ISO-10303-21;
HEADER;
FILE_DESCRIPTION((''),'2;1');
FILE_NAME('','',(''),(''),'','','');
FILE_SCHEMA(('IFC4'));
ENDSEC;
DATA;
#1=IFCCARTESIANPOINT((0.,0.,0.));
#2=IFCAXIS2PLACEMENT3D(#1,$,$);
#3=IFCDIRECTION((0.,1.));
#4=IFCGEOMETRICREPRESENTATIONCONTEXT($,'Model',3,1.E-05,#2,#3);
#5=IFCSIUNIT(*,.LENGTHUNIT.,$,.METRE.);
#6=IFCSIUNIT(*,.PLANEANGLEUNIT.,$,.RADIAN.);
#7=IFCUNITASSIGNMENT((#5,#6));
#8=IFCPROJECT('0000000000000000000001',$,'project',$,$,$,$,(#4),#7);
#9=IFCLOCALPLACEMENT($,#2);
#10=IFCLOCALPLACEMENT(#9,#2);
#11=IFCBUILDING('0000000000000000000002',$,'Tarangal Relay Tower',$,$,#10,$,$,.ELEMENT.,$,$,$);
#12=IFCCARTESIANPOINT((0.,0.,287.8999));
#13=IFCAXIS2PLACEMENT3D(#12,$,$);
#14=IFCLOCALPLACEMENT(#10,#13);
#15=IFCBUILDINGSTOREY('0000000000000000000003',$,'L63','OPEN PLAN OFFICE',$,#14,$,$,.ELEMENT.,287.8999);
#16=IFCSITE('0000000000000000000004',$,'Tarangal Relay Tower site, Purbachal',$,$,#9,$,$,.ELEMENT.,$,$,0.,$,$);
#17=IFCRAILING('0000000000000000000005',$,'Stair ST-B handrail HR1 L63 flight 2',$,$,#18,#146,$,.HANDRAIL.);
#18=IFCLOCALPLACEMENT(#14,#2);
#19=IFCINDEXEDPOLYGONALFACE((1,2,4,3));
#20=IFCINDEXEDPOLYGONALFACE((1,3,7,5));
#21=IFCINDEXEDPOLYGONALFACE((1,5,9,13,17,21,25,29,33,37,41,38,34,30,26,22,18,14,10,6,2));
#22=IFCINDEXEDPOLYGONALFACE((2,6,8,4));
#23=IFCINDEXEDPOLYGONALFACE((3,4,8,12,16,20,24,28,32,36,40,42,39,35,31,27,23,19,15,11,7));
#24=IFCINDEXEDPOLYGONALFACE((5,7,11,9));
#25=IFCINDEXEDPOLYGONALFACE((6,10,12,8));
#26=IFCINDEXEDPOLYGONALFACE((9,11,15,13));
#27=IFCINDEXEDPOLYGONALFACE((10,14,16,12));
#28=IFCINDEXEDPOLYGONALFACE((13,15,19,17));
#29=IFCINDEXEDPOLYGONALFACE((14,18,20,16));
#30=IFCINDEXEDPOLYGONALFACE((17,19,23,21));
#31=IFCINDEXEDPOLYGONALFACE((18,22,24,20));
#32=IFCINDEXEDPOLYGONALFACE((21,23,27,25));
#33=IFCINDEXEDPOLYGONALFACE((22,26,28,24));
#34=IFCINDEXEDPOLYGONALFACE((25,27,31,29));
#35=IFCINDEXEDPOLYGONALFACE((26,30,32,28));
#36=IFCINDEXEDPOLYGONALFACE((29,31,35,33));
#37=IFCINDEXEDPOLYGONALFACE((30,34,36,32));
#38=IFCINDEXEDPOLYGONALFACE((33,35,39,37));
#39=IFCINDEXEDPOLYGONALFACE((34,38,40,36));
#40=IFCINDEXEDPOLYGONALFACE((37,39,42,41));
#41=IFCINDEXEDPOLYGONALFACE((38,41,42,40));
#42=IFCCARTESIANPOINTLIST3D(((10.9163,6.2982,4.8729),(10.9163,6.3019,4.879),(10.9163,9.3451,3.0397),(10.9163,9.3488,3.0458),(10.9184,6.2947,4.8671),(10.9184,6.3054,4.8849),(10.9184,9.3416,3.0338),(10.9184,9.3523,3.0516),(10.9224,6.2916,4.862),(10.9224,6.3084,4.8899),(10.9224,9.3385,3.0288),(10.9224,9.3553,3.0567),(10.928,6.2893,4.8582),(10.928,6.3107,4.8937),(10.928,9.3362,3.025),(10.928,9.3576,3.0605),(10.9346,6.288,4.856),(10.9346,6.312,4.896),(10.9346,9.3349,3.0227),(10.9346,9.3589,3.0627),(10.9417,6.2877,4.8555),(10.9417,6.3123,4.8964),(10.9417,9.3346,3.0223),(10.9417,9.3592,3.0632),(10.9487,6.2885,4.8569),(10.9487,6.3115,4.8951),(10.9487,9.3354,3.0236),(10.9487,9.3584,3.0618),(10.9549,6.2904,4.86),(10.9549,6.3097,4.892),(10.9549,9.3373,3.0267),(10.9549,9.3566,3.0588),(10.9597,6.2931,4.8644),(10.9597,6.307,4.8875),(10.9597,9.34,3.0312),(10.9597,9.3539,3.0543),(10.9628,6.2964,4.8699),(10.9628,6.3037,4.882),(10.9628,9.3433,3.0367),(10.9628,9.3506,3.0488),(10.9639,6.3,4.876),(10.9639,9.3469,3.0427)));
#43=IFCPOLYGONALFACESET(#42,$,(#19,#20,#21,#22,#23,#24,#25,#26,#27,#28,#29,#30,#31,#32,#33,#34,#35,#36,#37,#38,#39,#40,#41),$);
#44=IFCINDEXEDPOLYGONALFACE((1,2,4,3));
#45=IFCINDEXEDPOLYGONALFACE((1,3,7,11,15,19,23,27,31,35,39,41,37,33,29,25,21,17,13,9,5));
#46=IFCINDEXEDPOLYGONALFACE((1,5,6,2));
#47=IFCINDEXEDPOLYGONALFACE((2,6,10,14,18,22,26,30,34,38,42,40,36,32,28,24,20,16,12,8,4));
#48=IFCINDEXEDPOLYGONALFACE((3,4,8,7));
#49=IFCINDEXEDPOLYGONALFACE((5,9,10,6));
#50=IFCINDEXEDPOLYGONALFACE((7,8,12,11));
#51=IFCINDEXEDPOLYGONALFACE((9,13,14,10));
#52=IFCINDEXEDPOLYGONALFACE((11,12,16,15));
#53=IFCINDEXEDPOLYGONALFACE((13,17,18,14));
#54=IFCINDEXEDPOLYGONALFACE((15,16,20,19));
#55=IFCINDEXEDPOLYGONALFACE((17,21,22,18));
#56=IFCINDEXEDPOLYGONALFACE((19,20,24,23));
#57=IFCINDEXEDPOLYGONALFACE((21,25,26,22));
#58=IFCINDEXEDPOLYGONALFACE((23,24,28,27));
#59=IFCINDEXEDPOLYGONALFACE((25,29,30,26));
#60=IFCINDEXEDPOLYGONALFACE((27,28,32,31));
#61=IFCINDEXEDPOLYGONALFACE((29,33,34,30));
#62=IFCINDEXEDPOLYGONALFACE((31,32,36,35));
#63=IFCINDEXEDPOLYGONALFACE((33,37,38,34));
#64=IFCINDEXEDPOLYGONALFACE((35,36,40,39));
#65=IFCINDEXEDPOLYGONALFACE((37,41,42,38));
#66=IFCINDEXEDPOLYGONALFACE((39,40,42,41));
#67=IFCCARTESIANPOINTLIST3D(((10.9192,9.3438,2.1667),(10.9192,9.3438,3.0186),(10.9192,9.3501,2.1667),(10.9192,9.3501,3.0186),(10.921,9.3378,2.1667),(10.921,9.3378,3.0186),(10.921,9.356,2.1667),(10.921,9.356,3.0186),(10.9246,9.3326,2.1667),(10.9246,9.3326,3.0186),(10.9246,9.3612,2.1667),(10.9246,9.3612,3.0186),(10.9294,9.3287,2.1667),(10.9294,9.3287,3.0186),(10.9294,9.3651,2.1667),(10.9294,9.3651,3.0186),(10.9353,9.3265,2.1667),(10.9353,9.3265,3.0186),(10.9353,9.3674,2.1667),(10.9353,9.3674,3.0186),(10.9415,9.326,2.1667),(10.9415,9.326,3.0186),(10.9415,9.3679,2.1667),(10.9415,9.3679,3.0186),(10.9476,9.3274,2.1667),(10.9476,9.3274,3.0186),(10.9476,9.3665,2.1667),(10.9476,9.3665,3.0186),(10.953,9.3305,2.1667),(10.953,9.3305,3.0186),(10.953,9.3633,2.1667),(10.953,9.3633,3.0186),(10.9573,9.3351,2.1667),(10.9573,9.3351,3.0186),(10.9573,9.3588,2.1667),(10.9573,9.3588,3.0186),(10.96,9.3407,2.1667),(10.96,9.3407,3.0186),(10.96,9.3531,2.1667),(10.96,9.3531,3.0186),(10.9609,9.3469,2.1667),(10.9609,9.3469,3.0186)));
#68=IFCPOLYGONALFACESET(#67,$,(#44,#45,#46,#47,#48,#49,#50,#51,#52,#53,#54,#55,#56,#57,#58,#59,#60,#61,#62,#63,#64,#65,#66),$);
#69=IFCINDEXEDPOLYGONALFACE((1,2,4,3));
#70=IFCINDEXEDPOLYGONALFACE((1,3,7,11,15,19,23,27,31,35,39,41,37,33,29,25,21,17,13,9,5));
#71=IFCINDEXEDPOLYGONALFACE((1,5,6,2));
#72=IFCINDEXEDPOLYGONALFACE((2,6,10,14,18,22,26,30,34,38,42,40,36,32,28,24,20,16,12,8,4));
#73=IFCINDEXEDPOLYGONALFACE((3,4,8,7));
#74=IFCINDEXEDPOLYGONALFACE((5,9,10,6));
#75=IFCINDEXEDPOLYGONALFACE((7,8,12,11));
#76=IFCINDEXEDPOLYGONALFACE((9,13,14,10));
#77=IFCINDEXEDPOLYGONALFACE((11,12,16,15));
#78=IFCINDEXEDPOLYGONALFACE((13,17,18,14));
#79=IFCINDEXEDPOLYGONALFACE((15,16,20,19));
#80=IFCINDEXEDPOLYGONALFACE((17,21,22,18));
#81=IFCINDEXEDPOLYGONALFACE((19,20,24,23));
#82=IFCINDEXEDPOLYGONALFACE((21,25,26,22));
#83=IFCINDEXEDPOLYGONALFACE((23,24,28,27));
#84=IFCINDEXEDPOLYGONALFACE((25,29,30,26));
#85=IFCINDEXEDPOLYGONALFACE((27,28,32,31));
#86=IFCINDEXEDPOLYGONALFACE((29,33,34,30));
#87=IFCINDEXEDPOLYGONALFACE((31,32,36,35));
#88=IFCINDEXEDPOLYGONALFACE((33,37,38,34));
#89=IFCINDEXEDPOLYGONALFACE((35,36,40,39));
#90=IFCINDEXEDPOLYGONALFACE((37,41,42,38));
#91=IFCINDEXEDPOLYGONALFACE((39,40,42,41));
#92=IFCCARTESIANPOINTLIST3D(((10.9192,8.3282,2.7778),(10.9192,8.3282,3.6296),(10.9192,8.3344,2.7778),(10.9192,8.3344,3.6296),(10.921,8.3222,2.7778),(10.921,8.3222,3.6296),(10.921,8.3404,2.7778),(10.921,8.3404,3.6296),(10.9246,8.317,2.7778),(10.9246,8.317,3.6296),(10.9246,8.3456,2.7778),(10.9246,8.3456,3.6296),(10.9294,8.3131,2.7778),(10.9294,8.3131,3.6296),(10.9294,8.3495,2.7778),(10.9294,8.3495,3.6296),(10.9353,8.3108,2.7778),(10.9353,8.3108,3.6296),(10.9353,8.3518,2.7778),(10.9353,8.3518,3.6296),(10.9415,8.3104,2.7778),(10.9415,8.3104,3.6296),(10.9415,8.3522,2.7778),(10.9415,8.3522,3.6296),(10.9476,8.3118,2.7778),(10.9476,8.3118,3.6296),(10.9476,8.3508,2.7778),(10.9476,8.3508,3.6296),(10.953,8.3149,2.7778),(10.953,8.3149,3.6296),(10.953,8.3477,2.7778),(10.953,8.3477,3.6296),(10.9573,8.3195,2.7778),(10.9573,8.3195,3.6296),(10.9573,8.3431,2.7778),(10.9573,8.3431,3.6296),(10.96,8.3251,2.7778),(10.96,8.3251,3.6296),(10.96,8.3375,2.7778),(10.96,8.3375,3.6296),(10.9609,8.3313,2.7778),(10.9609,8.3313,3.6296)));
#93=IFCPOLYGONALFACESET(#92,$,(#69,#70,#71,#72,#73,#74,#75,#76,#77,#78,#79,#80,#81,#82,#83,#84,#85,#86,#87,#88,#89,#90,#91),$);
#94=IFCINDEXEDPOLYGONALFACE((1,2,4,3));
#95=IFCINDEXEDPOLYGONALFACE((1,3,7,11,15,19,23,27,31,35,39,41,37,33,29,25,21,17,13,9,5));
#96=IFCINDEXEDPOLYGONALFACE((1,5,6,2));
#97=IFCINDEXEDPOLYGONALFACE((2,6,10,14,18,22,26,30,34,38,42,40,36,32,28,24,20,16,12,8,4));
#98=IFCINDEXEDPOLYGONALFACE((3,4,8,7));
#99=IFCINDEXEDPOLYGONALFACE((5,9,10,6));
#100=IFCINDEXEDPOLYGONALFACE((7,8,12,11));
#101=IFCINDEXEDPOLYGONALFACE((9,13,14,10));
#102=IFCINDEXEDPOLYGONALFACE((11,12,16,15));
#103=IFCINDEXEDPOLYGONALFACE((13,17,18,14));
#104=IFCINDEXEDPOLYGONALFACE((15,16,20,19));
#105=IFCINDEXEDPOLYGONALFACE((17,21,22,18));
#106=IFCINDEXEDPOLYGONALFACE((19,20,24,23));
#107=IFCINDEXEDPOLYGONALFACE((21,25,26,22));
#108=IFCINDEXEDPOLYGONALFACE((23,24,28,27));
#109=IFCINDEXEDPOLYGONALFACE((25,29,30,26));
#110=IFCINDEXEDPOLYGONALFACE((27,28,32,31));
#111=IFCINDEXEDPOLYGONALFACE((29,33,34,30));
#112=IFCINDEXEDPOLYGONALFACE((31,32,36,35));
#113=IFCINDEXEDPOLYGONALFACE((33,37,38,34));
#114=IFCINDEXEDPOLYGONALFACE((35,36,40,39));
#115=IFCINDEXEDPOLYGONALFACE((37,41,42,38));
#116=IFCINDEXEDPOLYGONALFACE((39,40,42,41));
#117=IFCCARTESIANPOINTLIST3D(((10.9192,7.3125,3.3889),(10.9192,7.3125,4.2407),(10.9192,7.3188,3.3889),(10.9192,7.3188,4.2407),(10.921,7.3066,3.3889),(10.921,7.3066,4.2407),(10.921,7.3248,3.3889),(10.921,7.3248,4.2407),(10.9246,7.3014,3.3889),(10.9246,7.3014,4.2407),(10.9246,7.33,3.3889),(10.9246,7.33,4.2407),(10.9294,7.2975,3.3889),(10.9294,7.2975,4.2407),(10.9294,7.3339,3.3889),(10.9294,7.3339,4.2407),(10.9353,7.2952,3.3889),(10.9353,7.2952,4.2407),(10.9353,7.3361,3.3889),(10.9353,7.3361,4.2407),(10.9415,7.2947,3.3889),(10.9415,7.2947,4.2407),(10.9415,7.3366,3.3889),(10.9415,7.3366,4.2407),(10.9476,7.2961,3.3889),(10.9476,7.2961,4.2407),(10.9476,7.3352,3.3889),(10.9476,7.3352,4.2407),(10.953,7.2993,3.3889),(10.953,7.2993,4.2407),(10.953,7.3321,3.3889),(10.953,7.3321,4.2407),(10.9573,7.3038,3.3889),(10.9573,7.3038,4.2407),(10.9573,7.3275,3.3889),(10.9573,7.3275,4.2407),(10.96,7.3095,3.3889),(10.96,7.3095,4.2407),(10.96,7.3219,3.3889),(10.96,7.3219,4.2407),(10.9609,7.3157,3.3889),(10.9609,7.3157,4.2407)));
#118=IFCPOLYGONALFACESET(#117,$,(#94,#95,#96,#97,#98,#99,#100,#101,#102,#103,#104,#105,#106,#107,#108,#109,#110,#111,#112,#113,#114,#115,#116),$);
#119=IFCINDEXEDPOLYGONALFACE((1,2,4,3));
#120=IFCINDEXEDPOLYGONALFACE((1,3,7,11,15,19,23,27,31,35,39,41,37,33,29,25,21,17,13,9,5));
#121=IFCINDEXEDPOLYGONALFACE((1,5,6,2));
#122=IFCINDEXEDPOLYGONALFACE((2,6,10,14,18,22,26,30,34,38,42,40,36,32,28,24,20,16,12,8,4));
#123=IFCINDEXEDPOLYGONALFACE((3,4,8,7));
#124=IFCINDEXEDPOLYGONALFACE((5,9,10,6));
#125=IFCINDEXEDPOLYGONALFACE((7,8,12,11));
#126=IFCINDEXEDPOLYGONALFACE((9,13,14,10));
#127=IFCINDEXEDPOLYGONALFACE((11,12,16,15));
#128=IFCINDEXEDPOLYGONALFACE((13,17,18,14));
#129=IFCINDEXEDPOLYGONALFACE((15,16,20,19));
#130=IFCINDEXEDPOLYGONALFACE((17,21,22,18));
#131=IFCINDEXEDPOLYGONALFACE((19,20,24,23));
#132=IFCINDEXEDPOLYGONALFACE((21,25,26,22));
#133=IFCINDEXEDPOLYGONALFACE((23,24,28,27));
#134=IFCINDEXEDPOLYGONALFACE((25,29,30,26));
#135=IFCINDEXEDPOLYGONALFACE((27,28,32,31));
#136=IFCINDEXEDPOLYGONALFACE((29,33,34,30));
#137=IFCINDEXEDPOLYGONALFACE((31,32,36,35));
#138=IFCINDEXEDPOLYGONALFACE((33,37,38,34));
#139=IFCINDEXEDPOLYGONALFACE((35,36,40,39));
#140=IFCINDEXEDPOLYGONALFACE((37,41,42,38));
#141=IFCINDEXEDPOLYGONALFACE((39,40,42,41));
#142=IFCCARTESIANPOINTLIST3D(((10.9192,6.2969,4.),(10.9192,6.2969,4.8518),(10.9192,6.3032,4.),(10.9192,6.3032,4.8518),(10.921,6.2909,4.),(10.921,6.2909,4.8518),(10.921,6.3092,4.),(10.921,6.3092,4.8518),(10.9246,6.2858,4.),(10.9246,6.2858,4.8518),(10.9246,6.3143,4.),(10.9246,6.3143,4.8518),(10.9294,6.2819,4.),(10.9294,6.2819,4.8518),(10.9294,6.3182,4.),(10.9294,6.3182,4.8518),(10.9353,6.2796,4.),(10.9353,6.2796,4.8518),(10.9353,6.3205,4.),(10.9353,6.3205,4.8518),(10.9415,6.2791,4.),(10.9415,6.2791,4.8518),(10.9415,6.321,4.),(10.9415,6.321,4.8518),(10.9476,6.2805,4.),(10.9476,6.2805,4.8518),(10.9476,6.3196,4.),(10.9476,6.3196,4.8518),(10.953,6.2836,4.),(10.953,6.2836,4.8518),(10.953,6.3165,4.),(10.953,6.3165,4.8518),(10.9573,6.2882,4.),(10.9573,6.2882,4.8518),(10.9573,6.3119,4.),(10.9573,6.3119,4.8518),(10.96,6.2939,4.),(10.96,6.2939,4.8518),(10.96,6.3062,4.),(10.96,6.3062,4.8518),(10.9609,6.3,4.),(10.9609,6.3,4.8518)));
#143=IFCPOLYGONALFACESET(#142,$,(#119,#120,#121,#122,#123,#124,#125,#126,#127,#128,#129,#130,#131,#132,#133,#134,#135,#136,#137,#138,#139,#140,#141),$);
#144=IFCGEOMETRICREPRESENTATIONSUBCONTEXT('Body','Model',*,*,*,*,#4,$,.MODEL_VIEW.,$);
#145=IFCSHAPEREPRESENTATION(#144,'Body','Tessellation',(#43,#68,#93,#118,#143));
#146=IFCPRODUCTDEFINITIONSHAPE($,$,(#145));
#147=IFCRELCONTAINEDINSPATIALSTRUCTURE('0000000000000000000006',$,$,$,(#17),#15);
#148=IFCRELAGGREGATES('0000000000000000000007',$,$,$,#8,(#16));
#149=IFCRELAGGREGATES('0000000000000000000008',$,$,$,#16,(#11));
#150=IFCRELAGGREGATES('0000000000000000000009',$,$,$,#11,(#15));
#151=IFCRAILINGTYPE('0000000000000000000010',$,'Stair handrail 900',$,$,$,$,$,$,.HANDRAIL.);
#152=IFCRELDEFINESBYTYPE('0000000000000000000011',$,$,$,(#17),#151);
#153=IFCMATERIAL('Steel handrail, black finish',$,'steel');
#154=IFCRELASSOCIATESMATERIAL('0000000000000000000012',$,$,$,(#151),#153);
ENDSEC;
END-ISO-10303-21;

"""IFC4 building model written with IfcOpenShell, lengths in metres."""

from ifc_helpers import new_model, si_unit, direction, frame, origin, origin_2d, place, context, subcontext, project, spatial, circle, extrude, material, type_object, element, save


model = new_model("IFC4")

# Units and contexts
model_context = context("Model", 3, precision=1e-05, world=origin(), true_north=direction((0.0, 1.0)))
body_context = subcontext(model_context, "Body", "Model", "MODEL_VIEW")
ifc_project = project(units=[si_unit("LENGTHUNIT", "METRE"), si_unit("PLANEANGLEUNIT", "RADIAN")], contexts=[model_context])

# Site, building, storey
site_placement = place(None, origin())
site = spatial("IfcSite", under=ifc_project, at=site_placement, Name="Tarangal Relay Tower site, Purbachal", CompositionType="ELEMENT", RefElevation=0.0)
building_placement = place(site_placement, origin())
building = spatial("IfcBuilding", under=site, at=building_placement, Name="Tarangal Relay Tower", CompositionType="ELEMENT")
storey_placement = place(building_placement, frame((0.0, 0.0, 287.8999)))
storey = spatial("IfcBuildingStorey", under=building, at=storey_placement, Name="L63", Description="OPEN PLAN OFFICE", CompositionType="ELEMENT", Elevation=287.8999)

# Railing
ifc_material_1 = material(Name="Steel handrail, black finish", Category="steel")
railing_type = type_object("IfcRailingType", Name="Stair handrail 900", PredefinedType="HANDRAIL", material=ifc_material_1)
railing_placement = place(storey_placement, frame((10.9399, 9.3469, 2.1667)))
element("IfcRailing", 1, at=railing_placement, inside=storey, type_object=railing_type, Name="Stair ST-B handrail HR1 L63 flight 2", PredefinedType="HANDRAIL", context=body_context, shape_type="SweptSolid", body=[
    extrude(circle(Radius=0.0239, at=origin_2d()), frame((0.0, 0.0, 0.876), z_axis=(0.0, -0.856856, 0.515556), x_axis=(1.0, 0.0, 0.0)), (0.0, 0.0, 1.0), 3.5559),
    extrude(circle(Radius=0.021, at=origin_2d()), origin(), (0.0, 0.0, 1.0), 0.8518),
    extrude(circle(Radius=0.021, at=origin_2d()), frame((0.0, -1.0156, 0.6111)), (0.0, 0.0, 1.0), 0.8518),
    extrude(circle(Radius=0.021, at=origin_2d()), frame((0.0, -2.0312, 1.2222)), (0.0, 0.0, 1.0), 0.8518),
    extrude(circle(Radius=0.021, at=origin_2d()), frame((0.0, -3.0469, 1.8333)), (0.0, 0.0, 1.0), 0.8518),
])

save(model, "model.ifc")
